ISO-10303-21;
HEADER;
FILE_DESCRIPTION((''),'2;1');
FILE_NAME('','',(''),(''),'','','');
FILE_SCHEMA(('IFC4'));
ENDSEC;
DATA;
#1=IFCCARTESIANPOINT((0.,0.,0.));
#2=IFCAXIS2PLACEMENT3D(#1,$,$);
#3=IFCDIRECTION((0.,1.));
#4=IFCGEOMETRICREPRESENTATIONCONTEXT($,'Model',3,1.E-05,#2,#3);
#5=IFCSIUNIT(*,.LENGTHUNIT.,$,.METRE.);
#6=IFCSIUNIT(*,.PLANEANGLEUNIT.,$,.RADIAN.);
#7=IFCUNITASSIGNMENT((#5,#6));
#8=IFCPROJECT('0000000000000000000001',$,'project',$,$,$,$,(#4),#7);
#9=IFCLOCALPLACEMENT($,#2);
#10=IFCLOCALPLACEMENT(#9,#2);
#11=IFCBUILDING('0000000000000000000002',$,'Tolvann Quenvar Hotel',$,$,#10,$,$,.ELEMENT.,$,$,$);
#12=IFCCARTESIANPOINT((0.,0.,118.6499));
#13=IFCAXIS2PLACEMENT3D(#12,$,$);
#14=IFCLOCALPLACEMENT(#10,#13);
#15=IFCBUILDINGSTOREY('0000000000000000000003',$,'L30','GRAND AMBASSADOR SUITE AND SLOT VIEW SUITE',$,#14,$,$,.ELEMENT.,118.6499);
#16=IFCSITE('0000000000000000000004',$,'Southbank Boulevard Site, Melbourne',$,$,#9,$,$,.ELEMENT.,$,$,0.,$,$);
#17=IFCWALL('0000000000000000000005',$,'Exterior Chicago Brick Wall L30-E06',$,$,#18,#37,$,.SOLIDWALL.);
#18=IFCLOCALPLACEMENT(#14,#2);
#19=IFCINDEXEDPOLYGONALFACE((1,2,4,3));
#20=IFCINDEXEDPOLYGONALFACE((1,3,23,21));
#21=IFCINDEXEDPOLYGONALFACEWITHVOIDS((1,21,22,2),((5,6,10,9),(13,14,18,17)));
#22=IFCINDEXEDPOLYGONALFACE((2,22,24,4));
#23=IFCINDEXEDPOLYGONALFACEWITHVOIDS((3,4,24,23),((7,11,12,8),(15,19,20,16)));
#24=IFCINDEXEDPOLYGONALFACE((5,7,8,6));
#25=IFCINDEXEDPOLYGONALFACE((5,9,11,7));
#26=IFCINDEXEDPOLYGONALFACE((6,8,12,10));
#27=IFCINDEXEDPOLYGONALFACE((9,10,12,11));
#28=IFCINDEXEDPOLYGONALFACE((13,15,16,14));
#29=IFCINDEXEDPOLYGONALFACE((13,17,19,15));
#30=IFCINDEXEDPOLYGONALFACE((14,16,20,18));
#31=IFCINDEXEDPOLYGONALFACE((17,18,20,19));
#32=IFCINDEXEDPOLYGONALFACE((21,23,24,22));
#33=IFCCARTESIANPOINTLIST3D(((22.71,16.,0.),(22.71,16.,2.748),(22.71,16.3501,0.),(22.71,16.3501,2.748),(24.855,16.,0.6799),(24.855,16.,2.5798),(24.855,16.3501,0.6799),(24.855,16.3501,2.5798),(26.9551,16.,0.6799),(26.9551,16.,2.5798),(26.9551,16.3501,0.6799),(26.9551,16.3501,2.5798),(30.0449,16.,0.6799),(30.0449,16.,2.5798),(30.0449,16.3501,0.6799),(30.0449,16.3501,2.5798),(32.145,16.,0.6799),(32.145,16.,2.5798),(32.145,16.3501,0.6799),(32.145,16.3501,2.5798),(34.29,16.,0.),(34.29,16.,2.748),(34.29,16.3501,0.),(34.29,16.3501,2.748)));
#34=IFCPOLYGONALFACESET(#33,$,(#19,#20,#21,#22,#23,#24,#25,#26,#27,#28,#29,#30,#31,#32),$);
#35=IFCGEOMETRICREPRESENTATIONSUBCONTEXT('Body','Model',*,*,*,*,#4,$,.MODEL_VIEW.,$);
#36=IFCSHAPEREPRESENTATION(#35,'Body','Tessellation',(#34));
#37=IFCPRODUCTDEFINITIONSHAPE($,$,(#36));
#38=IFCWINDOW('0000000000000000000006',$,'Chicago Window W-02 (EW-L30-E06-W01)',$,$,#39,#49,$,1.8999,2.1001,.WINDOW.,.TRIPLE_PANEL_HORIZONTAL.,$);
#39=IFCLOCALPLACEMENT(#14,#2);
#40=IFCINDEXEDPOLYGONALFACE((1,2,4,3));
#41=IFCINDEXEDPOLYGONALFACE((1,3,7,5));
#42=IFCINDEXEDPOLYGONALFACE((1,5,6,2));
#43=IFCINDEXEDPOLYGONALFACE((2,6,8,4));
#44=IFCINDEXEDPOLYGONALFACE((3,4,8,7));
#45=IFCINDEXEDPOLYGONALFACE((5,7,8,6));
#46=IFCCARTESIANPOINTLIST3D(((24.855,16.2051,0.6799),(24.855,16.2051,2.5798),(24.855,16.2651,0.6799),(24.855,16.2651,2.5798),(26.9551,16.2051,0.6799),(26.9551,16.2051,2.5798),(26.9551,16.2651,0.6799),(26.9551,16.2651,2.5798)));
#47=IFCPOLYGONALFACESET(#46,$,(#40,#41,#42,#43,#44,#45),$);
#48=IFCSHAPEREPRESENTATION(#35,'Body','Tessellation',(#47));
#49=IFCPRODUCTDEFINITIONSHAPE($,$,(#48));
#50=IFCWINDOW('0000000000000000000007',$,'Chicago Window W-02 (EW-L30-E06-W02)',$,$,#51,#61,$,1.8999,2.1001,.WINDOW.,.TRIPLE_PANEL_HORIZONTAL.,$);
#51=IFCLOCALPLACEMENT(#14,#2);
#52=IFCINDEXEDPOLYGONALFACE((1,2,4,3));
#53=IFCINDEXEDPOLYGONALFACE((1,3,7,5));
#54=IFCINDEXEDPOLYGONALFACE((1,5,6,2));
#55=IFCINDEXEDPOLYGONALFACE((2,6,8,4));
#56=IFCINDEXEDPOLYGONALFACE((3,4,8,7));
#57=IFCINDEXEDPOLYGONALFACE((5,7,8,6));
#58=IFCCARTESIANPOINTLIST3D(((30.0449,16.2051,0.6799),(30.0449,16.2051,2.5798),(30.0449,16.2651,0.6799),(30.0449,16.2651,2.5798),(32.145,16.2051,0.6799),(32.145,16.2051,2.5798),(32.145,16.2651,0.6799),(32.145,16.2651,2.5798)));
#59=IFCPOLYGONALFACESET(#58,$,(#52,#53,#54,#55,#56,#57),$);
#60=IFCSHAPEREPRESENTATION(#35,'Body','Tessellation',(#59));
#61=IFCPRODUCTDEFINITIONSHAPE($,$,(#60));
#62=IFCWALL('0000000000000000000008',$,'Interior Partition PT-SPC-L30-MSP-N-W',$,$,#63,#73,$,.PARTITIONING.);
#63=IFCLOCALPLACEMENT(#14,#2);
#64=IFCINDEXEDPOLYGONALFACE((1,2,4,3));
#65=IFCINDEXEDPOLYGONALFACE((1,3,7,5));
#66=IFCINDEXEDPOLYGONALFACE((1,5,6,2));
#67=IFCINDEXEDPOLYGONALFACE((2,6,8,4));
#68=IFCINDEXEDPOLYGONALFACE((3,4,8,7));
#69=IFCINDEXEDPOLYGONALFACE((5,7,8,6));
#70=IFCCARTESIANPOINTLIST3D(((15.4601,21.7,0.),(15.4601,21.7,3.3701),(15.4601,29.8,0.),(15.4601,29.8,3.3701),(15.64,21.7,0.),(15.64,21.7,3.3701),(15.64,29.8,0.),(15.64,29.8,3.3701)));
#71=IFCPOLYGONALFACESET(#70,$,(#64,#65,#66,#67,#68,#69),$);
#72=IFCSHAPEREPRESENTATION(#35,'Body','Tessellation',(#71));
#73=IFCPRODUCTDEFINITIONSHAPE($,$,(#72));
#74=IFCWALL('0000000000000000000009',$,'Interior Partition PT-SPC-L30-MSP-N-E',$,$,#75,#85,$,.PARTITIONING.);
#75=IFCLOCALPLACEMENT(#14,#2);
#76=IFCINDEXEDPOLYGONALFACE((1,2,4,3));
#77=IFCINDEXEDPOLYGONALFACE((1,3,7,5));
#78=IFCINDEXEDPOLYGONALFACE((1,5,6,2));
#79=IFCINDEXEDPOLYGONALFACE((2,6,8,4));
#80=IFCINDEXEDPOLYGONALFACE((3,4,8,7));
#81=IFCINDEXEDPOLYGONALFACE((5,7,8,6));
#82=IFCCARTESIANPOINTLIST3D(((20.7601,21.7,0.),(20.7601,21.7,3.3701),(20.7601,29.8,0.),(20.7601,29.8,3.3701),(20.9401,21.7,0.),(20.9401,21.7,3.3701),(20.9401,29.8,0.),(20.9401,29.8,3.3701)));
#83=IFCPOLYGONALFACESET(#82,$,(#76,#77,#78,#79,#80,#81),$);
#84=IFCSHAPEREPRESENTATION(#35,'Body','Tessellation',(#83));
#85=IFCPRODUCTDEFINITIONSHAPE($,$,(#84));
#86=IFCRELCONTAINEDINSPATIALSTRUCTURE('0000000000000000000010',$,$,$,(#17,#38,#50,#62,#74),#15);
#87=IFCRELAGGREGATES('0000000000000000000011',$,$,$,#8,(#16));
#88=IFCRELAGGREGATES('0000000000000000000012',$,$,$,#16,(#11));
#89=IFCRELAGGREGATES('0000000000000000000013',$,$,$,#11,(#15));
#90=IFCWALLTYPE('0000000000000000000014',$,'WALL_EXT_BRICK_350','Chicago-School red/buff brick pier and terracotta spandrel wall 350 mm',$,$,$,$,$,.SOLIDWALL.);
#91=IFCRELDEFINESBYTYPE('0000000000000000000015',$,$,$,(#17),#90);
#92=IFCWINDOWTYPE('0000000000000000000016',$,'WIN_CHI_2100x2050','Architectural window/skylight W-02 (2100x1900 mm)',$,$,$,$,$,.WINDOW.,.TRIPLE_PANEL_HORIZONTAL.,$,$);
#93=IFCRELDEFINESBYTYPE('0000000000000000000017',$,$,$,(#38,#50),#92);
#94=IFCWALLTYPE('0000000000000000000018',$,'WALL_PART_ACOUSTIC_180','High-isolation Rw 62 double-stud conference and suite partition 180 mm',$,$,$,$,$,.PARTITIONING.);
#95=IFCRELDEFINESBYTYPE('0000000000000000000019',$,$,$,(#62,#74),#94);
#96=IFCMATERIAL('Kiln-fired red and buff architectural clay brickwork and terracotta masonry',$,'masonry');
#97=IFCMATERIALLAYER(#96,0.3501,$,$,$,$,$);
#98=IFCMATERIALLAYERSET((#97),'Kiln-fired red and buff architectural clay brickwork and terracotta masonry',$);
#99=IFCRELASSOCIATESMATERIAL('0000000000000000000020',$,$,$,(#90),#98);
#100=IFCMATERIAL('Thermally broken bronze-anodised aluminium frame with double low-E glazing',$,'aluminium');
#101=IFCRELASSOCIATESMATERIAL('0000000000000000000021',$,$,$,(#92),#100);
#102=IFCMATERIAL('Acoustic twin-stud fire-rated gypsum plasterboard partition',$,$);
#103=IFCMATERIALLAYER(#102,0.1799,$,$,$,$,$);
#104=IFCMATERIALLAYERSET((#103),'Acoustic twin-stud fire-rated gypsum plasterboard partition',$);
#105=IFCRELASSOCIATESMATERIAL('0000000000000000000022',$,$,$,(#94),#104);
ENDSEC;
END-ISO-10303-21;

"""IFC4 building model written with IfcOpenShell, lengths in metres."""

from ifc_helpers import new_model, si_unit, direction, frame, frame_2d, origin, place, context, subcontext, project, spatial, rectangle, extrude, source, transform, mapped, material, layer, layer_set, type_object, type_shapes, element, fill, save


model = new_model("IFC4")

# Units and contexts
model_context = context("Model", 3, precision=1e-05, world=origin(), true_north=direction((0.0, 1.0)))
body_context = subcontext(model_context, "Body", "Model", "MODEL_VIEW")
ifc_project = project(units=[si_unit("LENGTHUNIT", "METRE"), si_unit("PLANEANGLEUNIT", "RADIAN")], contexts=[model_context])

# Site, building, storey
site_placement = place(None, origin())
site = spatial("IfcSite", under=ifc_project, at=site_placement, Name="Southbank Boulevard Site, Melbourne", CompositionType="ELEMENT", RefElevation=0.0)
building_placement = place(site_placement, origin())
building = spatial("IfcBuilding", under=site, at=building_placement, Name="Tolvann Quenvar Hotel", CompositionType="ELEMENT")
storey_placement = place(building_placement, frame((0.0, 0.0, 118.6499)))
storey = spatial("IfcBuildingStorey", under=building, at=storey_placement, Name="L30", Description="GRAND AMBASSADOR SUITE AND SLOT VIEW SUITE", CompositionType="ELEMENT", Elevation=118.6499)

# Wall, openings, windows
ifc_material_1 = material(Name="Kiln-fired red and buff architectural clay brickwork and terracotta masonry", Category="masonry")
ifc_layer_1 = layer(ifc_material_1, 0.3501)
ifc_layer_set_1 = layer_set([ifc_layer_1], Name="Kiln-fired red and buff architectural clay brickwork and terracotta masonry")
wall_type_1 = type_object("IfcWallType", Name="WALL_EXT_BRICK_350", Description="Chicago-School red/buff brick pier and terracotta spandrel wall 350 mm", PredefinedType="SOLIDWALL", material=ifc_layer_set_1)
wall_1_placement = place(storey_placement, frame((22.71, 16.175, 0.0), z_axis=(0.0, 0.0, 1.0), x_axis=(1.0, 0.0, 0.0)))
wall_1 = element("IfcWall", 1, at=wall_1_placement, inside=storey, type_object=wall_type_1, Name="Exterior Chicago Brick Wall L30-E06", PredefinedType="SOLIDWALL", context=body_context, shape_type="SweptSolid", body=[
    extrude(rectangle(XDim=11.5801, YDim=0.3501, at=frame_2d((5.79, 0.0))), origin(), (0.0, 0.0, 1.0), 2.748),
])
opening_1_placement = place(wall_1_placement, frame((2.145, 0.0, 0.6799)))
opening_1 = element("IfcOpeningElement", 2, at=opening_1_placement, cuts=wall_1, PredefinedType="OPENING", context=body_context, shape_type="SweptSolid", body=[
    extrude(rectangle(XDim=2.1001, YDim=1.8999, at=frame_2d((1.05, 0.95))), frame((0.0, 0.1851, 0.0), z_axis=(0.0, -1.0, 0.0), x_axis=(1.0, 0.0, 0.0)), (0.0, 0.0, 1.0), 0.3701),
])
opening_2_placement = place(wall_1_placement, frame((7.335, 0.0, 0.6799)))
opening_2 = element("IfcOpeningElement", 3, at=opening_2_placement, cuts=wall_1, PredefinedType="OPENING", context=body_context, shape_type="SweptSolid", body=[
    extrude(rectangle(XDim=2.1001, YDim=1.8999, at=frame_2d((1.05, 0.95))), frame((0.0, 0.1851, 0.0), z_axis=(0.0, -1.0, 0.0), x_axis=(1.0, 0.0, 0.0)), (0.0, 0.0, 1.0), 0.3701),
])
ifc_material_2 = material(Name="Thermally broken bronze-anodised aluminium frame with double low-E glazing", Category="aluminium")
window_type = type_object("IfcWindowType", Name="WIN_CHI_2100x2050", Description="Architectural window/skylight W-02 (2100x1900 mm)", PartitioningType="TRIPLE_PANEL_HORIZONTAL", PredefinedType="WINDOW", material=ifc_material_2)
shared_shape_1 = source(origin(), body_context, "Body", "SweptSolid", [
    extrude(rectangle(XDim=2.1001, YDim=1.8999, at=frame_2d((1.05, 0.95))), frame((0.0, 0.0901, 0.0), z_axis=(0.0, -1.0, 0.0), x_axis=(1.0, 0.0, 0.0)), (0.0, 0.0, 1.0), 0.0601),
])
type_shapes(window_type, [shared_shape_1])
window_1_placement = place(opening_1_placement, origin())
window_1 = element("IfcWindow", 4, at=window_1_placement, inside=storey, type_object=window_type, Name="Chicago Window W-02 (EW-L30-E06-W01)", OverallHeight=1.8999, OverallWidth=2.1001, PartitioningType="TRIPLE_PANEL_HORIZONTAL", PredefinedType="WINDOW", context=body_context, shape_type="MappedRepresentation", body=[
    mapped(shared_shape_1, transform((0.0, 0.0, 0.0), x_axis=(1.0, 0.0, 0.0), y_axis=(0.0, 1.0, 0.0), z_axis=(0.0, 0.0, 1.0), scale=1.0)),
])
fill(opening_1, window_1)
window_2_placement = place(opening_2_placement, origin())
window_2 = element("IfcWindow", 5, at=window_2_placement, inside=storey, type_object=window_type, Name="Chicago Window W-02 (EW-L30-E06-W02)", OverallHeight=1.8999, OverallWidth=2.1001, PartitioningType="TRIPLE_PANEL_HORIZONTAL", PredefinedType="WINDOW", context=body_context, shape_type="MappedRepresentation", body=[
    mapped(shared_shape_1, transform((0.0, 0.0, 0.0), x_axis=(1.0, 0.0, 0.0), y_axis=(0.0, 1.0, 0.0), z_axis=(0.0, 0.0, 1.0), scale=1.0)),
])
fill(opening_2, window_2)

# Shared definitions
ifc_material_3 = material(Name="Acoustic twin-stud fire-rated gypsum plasterboard partition")
ifc_layer_2 = layer(ifc_material_3, 0.1799)
ifc_layer_set_2 = layer_set([ifc_layer_2], Name="Acoustic twin-stud fire-rated gypsum plasterboard partition")
wall_type_2 = type_object("IfcWallType", Name="WALL_PART_ACOUSTIC_180", Description="High-isolation Rw 62 double-stud conference and suite partition 180 mm", PredefinedType="PARTITIONING", material=ifc_layer_set_2)

# Walls
for number, where, z_axis, x_axis, name in (
    (6, (15.55, 21.7, 0.0), (0.0, 0.0, 1.0), (0.0, 1.0, 0.0), "Interior Partition PT-SPC-L30-MSP-N-W"),
    (7, (20.8501, 21.7, 0.0), (0.0, 0.0, 1.0), (0.0, 1.0, 0.0), "Interior Partition PT-SPC-L30-MSP-N-E"),
):
    element("IfcWall", number, at=place(storey_placement, frame(where, z_axis=z_axis, x_axis=x_axis)), inside=storey, type_object=wall_type_2, Name=name, PredefinedType="PARTITIONING", context=body_context, shape_type="SweptSolid", body=[
        extrude(rectangle(XDim=8.1001, YDim=0.1799, at=frame_2d((4.05, 0.0))), origin(), (0.0, 0.0, 1.0), 3.3701),
    ])

save(model, "model.ifc")
